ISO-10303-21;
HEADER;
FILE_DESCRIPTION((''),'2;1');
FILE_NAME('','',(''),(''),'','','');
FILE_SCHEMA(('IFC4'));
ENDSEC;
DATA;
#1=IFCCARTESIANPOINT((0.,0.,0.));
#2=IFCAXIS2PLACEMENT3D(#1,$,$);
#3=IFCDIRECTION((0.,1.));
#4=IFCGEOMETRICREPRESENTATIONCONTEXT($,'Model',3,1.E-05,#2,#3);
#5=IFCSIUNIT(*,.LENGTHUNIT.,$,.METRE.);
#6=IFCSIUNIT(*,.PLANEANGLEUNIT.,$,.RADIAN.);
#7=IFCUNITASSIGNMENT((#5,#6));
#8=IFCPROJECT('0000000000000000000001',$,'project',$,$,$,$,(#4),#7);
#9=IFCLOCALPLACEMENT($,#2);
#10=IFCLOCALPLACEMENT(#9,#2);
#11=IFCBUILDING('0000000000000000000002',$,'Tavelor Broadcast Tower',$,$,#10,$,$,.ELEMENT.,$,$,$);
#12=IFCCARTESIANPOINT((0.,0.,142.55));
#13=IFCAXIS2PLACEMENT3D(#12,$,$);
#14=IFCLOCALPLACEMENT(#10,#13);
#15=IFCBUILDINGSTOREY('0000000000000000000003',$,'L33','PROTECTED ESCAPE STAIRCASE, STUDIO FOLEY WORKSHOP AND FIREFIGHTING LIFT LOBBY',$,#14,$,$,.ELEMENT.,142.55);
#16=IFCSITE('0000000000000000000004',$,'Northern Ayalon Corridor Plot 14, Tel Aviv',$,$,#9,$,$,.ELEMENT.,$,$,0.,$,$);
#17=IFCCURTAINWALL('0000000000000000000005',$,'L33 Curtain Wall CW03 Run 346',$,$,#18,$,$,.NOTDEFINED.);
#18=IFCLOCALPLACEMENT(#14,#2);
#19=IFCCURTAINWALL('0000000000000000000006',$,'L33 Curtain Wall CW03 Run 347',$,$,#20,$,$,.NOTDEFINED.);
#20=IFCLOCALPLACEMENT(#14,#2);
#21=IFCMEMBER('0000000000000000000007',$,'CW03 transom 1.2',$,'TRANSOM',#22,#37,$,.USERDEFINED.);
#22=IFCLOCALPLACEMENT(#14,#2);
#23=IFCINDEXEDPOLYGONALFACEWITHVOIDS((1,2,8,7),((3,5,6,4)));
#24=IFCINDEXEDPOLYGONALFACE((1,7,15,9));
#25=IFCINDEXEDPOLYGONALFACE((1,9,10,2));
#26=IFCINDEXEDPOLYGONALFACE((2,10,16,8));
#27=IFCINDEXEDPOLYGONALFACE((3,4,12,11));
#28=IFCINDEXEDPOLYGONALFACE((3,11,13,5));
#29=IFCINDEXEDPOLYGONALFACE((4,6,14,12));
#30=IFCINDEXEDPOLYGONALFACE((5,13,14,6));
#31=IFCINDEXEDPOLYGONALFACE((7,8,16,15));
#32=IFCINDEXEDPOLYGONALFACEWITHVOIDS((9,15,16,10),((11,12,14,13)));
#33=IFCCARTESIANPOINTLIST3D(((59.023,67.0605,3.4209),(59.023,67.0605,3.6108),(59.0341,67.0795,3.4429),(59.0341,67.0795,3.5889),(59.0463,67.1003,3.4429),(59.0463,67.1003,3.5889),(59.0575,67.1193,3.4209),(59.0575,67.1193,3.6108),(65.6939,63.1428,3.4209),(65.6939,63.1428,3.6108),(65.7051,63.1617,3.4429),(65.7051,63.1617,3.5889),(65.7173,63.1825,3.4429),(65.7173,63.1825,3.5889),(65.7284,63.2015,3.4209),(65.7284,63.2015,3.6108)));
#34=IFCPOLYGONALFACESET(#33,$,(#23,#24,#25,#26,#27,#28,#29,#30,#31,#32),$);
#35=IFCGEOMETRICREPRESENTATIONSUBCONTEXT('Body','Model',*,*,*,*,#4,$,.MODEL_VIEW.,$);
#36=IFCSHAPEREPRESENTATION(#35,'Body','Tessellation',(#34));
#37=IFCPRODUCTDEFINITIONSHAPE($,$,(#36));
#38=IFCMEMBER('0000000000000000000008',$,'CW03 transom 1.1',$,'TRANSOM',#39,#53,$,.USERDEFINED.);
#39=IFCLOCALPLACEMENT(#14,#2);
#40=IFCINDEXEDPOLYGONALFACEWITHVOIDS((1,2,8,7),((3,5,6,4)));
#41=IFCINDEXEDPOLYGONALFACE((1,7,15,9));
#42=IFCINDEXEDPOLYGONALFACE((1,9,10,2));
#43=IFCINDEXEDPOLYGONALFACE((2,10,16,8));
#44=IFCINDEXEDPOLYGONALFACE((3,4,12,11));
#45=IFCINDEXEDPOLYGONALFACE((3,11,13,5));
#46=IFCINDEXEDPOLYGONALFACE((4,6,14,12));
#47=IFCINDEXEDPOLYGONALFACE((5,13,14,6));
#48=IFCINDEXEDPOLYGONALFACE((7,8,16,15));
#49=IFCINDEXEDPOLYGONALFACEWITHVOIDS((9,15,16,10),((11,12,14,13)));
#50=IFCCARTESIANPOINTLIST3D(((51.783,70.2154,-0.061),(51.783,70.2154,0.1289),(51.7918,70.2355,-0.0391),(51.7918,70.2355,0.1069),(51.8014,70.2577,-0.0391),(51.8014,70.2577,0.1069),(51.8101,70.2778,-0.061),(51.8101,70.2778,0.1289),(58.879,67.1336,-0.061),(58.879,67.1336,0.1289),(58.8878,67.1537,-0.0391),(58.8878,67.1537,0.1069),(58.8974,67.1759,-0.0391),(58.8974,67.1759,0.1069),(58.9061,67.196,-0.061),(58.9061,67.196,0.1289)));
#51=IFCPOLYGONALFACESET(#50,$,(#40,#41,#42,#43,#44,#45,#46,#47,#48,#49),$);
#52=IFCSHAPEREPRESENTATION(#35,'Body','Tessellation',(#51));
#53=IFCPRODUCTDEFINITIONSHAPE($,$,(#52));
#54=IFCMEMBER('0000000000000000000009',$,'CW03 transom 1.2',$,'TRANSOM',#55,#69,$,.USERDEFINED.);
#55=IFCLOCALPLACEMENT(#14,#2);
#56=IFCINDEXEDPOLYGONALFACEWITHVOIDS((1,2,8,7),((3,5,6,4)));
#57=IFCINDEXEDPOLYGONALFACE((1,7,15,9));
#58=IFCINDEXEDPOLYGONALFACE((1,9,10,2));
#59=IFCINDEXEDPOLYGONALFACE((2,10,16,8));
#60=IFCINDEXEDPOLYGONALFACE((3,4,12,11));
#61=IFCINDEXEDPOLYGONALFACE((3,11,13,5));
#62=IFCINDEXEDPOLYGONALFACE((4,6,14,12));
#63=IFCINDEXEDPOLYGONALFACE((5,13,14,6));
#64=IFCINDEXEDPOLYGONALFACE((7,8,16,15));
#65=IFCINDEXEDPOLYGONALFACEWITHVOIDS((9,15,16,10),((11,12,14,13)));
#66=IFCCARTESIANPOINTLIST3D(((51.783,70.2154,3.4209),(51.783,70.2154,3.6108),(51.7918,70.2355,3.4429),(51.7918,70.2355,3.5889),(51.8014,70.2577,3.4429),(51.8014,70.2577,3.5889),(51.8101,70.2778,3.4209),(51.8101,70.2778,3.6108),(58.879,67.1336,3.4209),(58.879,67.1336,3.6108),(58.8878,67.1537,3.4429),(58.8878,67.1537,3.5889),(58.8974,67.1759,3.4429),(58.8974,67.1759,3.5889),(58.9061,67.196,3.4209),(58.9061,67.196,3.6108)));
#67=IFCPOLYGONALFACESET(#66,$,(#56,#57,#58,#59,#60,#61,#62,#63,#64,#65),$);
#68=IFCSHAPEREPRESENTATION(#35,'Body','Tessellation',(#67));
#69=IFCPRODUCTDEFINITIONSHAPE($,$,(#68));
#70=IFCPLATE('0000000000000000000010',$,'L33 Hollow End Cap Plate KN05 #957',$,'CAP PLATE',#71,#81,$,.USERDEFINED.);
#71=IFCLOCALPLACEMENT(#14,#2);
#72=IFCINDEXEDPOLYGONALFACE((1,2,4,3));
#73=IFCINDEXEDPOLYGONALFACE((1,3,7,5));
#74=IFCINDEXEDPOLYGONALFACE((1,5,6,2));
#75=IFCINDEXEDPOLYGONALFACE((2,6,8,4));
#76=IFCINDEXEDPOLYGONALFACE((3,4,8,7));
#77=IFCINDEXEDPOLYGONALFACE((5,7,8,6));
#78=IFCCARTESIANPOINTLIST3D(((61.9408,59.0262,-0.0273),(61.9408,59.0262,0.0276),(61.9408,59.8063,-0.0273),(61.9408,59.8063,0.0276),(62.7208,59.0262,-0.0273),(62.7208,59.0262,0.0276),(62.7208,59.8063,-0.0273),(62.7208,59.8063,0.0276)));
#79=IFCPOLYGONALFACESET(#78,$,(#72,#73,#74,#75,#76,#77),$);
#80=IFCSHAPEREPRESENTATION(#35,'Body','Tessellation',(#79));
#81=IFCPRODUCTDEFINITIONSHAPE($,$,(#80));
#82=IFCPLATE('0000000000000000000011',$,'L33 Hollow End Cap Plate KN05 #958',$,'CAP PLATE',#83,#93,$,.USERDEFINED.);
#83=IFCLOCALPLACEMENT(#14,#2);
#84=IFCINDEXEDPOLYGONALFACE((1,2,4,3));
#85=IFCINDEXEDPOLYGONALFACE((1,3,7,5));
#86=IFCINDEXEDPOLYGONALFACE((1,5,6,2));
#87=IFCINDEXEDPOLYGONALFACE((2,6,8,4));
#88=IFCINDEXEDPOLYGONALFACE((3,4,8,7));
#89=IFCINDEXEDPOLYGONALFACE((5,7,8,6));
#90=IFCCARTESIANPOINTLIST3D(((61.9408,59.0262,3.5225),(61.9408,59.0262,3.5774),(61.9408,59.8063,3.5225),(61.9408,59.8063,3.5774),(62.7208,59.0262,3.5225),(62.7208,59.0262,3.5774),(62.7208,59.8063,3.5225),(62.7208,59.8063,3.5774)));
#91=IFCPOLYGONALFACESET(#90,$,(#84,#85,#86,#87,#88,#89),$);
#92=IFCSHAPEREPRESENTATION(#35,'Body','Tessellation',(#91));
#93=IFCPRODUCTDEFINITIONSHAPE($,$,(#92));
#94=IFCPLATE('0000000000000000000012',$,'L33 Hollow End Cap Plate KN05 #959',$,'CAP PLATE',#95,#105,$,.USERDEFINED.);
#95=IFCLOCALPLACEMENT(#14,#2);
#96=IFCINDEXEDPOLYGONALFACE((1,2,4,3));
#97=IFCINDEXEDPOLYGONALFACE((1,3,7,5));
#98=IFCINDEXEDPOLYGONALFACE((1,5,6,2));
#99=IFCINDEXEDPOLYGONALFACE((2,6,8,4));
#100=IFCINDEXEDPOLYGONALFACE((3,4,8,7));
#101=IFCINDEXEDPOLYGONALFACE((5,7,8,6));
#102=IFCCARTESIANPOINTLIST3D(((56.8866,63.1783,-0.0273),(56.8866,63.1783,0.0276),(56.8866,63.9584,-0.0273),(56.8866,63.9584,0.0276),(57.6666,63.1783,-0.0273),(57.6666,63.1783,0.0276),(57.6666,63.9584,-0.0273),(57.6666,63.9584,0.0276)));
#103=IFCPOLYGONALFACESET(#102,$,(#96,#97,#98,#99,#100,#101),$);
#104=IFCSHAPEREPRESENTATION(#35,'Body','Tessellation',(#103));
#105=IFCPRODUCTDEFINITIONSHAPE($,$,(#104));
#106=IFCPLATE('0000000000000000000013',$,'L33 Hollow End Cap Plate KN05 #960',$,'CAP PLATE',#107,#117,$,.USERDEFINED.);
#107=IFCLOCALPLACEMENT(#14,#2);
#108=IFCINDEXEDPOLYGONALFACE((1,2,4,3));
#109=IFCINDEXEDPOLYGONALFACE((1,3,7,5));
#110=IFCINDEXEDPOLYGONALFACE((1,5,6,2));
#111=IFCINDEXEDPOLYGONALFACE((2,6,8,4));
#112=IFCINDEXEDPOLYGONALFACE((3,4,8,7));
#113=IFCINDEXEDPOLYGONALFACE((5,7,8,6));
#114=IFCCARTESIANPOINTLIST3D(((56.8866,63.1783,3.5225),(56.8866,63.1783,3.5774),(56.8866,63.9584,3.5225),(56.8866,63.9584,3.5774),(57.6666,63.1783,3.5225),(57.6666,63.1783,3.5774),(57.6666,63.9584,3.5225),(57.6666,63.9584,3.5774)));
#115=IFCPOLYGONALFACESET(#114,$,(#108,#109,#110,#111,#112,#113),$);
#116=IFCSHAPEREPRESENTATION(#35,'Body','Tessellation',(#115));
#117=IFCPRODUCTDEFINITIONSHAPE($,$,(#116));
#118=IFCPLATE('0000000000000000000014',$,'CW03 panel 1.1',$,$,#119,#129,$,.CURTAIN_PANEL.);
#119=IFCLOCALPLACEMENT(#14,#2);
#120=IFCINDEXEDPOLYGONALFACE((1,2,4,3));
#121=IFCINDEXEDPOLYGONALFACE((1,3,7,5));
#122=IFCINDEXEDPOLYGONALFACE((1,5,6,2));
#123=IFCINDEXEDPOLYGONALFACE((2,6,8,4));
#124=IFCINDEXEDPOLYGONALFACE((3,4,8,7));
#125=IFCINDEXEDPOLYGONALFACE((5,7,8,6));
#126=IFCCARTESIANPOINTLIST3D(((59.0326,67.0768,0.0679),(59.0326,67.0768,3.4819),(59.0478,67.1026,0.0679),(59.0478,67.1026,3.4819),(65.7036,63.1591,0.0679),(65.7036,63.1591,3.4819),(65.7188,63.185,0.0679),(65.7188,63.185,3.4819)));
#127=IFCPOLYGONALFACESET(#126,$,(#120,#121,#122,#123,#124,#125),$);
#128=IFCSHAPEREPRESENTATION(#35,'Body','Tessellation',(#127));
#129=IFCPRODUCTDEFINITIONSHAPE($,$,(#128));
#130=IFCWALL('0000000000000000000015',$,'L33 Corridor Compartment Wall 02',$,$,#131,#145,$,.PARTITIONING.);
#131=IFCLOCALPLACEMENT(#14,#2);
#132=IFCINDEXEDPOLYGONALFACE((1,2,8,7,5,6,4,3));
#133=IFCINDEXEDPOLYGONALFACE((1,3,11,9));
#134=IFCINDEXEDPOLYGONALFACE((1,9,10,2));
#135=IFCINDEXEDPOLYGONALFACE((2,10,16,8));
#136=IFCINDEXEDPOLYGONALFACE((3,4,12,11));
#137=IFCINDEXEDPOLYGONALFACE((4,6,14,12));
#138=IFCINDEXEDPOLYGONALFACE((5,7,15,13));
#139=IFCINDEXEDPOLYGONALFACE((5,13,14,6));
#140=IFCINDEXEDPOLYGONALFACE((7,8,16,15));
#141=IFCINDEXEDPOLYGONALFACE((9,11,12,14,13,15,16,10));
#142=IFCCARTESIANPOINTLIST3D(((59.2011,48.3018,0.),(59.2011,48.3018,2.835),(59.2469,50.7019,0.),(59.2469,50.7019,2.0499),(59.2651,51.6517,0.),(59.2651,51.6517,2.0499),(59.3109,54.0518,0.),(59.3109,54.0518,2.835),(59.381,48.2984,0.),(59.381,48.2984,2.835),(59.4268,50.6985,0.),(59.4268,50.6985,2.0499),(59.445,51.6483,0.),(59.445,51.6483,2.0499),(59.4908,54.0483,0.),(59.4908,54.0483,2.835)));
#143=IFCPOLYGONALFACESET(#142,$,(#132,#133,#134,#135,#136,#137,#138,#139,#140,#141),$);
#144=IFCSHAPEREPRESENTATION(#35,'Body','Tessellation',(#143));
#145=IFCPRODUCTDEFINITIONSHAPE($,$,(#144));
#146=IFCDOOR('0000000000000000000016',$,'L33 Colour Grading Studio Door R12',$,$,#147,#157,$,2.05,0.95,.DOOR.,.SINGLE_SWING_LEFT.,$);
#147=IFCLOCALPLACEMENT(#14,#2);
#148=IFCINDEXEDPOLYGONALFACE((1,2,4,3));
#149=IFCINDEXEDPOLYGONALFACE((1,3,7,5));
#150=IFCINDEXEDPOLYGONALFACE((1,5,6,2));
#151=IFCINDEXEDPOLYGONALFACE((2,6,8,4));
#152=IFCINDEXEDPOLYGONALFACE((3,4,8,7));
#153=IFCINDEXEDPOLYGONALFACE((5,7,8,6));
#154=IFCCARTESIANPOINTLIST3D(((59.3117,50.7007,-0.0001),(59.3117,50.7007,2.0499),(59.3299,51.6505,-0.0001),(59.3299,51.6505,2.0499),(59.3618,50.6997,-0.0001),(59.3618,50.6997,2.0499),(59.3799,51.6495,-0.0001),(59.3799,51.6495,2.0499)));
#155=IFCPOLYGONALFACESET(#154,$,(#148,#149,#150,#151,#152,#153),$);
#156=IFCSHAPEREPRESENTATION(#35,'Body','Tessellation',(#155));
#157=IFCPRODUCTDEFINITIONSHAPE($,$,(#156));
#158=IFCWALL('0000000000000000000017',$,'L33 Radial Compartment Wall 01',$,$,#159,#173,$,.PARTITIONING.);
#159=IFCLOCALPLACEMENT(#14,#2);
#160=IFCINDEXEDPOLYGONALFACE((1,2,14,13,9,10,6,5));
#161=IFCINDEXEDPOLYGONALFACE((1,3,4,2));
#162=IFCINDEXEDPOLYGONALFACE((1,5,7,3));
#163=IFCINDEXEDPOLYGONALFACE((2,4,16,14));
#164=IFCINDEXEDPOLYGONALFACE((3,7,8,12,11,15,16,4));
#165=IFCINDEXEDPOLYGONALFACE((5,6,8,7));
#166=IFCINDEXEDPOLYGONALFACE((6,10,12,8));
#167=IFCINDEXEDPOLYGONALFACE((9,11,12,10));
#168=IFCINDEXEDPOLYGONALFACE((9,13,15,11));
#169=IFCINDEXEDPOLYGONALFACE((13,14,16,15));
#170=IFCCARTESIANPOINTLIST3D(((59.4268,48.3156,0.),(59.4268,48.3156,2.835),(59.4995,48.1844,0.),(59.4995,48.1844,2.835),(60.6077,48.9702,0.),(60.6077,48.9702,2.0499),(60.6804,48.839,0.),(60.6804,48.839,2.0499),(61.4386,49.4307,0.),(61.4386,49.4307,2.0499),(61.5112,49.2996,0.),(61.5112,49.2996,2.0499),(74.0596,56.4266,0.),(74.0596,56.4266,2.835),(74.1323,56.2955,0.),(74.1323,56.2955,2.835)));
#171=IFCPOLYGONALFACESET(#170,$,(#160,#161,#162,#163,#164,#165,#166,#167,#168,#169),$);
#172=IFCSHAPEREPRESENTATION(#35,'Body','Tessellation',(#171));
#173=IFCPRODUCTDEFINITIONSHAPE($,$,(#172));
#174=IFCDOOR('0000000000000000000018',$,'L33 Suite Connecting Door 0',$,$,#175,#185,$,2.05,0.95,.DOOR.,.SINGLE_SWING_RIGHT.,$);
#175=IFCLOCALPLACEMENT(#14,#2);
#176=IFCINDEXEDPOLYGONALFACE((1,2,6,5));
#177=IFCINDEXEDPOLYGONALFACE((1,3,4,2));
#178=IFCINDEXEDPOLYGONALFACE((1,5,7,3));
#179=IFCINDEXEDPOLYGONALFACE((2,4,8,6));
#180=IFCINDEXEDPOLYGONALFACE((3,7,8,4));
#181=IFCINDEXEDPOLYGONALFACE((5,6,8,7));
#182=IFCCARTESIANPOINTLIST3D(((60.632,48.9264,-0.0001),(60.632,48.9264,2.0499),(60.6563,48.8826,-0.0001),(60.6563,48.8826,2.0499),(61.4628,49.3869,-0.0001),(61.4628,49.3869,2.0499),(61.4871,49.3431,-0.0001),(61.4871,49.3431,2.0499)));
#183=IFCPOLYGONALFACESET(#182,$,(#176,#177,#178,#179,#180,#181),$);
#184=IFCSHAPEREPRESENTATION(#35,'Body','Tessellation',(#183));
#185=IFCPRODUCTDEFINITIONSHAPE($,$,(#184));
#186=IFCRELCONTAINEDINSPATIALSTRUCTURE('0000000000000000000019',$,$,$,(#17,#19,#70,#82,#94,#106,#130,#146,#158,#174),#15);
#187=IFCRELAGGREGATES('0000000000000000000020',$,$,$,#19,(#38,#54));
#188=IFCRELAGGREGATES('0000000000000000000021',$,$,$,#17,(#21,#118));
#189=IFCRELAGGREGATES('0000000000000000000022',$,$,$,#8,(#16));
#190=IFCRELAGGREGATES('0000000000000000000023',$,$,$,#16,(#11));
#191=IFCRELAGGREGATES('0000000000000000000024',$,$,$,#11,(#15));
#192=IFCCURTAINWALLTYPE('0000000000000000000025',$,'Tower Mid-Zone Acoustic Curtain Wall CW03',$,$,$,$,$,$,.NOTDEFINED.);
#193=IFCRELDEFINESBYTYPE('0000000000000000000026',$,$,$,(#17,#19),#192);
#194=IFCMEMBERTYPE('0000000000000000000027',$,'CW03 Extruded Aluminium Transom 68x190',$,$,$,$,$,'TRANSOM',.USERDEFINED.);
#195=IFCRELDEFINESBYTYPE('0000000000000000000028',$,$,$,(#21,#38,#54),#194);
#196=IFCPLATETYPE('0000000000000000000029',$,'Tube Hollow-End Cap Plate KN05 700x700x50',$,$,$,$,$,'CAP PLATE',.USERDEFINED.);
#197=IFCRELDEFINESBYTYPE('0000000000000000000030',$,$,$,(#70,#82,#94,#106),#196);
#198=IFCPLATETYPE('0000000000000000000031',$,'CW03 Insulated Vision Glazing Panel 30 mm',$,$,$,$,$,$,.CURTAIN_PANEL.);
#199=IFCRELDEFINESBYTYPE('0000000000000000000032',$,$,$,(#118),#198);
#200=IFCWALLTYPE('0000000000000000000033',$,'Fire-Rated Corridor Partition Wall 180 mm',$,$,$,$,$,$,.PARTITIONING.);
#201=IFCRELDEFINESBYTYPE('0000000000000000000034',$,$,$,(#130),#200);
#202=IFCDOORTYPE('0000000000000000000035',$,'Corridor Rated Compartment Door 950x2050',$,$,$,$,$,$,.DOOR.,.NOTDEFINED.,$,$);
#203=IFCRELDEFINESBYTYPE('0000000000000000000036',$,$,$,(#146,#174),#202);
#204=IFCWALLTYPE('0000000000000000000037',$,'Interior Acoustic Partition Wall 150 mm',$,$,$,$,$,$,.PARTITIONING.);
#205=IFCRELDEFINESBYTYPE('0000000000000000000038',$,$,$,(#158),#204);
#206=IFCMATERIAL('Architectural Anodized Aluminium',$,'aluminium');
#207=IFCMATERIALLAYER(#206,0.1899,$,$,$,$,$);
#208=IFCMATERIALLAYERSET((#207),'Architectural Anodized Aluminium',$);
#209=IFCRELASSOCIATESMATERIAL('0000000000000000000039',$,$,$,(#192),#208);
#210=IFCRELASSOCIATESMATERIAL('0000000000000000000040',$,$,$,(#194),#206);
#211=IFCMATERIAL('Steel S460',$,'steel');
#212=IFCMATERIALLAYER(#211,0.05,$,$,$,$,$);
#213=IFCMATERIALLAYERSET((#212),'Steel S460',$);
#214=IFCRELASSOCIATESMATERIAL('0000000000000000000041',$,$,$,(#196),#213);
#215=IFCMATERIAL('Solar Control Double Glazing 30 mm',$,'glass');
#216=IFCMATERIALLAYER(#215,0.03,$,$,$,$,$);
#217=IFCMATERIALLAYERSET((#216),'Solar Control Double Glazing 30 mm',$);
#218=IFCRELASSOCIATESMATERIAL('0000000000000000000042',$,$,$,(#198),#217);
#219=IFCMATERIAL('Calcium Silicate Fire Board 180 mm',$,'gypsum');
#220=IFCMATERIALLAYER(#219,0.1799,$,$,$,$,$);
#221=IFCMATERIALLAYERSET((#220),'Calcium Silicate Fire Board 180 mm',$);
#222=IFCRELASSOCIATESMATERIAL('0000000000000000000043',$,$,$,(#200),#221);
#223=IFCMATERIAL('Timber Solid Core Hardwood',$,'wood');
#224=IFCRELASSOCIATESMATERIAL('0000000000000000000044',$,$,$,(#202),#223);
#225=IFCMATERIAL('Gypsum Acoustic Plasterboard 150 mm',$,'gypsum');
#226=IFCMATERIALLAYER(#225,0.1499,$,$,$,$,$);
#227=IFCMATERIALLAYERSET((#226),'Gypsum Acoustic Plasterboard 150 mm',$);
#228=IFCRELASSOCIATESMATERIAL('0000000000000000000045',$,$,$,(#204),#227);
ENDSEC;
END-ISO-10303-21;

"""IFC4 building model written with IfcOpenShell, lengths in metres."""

from ifc_helpers import new_model, si_unit, direction, frame, frame_2d, origin, origin_2d, place, context, subcontext, project, spatial, rectangle, hollow_rectangle, extrude, source, transform, mapped, material, layer, layer_set, material_profile, profile_set, type_object, type_shapes, element, fill, aggregate, save


model = new_model("IFC4")

# Units and contexts
model_context = context("Model", 3, precision=1e-05, world=origin(), true_north=direction((0.0, 1.0)))
body_context = subcontext(model_context, "Body", "Model", "MODEL_VIEW")
ifc_project = project(units=[si_unit("LENGTHUNIT", "METRE"), si_unit("PLANEANGLEUNIT", "RADIAN")], contexts=[model_context])

# Site, building, storey
site_placement = place(None, origin())
site = spatial("IfcSite", under=ifc_project, at=site_placement, Name="Northern Ayalon Corridor Plot 14, Tel Aviv", CompositionType="ELEMENT", RefElevation=0.0)
building_placement = place(site_placement, origin())
building = spatial("IfcBuilding", under=site, at=building_placement, Name="Tavelor Broadcast Tower", CompositionType="ELEMENT")
storey_placement = place(building_placement, frame((0.0, 0.0, 142.55)))
storey = spatial("IfcBuildingStorey", under=building, at=storey_placement, Name="L33", Description="PROTECTED ESCAPE STAIRCASE, STUDIO FOLEY WORKSHOP AND FIREFIGHTING LIFT LOBBY", CompositionType="ELEMENT", Elevation=142.55)

# Shared definitions
ifc_material_1 = material(Name="Steel S460", Category="steel")

# Curtain walls
ifc_material_2 = material(Name="Architectural Anodized Aluminium", Category="aluminium")
ifc_layer_1 = layer(ifc_material_2, 0.1899)
ifc_layer_set_1 = layer_set([ifc_layer_1], Name="Architectural Anodized Aluminium")
curtain_wall_type = type_object("IfcCurtainWallType", Name="Tower Mid-Zone Acoustic Curtain Wall CW03", PredefinedType="NOTDEFINED", material=ifc_layer_set_1)
curtain_wall_1_placement = place(storey_placement, origin())
curtain_wall_1 = element("IfcCurtainWall", 1, at=curtain_wall_1_placement, inside=storey, type_object=curtain_wall_type, Name="L33 Curtain Wall CW03 Run 346", PredefinedType="NOTDEFINED")
curtain_wall_2_placement = place(storey_placement, origin())
curtain_wall_2 = element("IfcCurtainWall", 2, at=curtain_wall_2_placement, inside=storey, type_object=curtain_wall_type, Name="L33 Curtain Wall CW03 Run 347", PredefinedType="NOTDEFINED")

# Members
ifc_material_profile_1 = material_profile(ifc_material_2, hollow_rectangle(XDim=0.0681, YDim=0.1899, WallThickness=0.022, at=origin_2d()), Name="RHS 68x190x22")
ifc_profile_set_1 = profile_set([ifc_material_profile_1], Name="Architectural Anodized Aluminium")
member_type_1 = type_object("IfcMemberType", Name="CW03 Extruded Aluminium Transom 68x190", ElementType="TRANSOM", PredefinedType="USERDEFINED", material=ifc_profile_set_1)
shared_shape_1 = source(origin(), body_context, "Body", "SweptSolid", [
    extrude(hollow_rectangle(XDim=0.0681, YDim=0.1899, WallThickness=0.022, at=origin_2d()), origin(), (0.0, 0.0, 1.0), 7.7363),
])
type_shapes(member_type_1, [shared_shape_1])
member_1_placement = place(storey_placement, frame((65.7112, 63.1721, 3.5159), z_axis=(-0.862292, 0.506412, 0.0), x_axis=(-0.506412, -0.862292, 0.0)))
member_1 = element("IfcMember", 3, at=member_1_placement, type_object=member_type_1, Name="CW03 transom 1.2", ObjectType="TRANSOM", PredefinedType="USERDEFINED", context=body_context, shape_type="MappedRepresentation", body=[
    mapped(shared_shape_1, transform((0.0, 0.0, 0.0), scale=1.0)),
])
member_2_placement = place(storey_placement, frame((58.8926, 67.1648, 0.0339), z_axis=(-0.917231, 0.398356, 0.0), x_axis=(-0.398356, -0.917231, 0.0)))
member_2 = element("IfcMember", 4, at=member_2_placement, type_object=member_type_1, Name="CW03 transom 1.1", ObjectType="TRANSOM", PredefinedType="USERDEFINED", context=body_context, shape_type="MappedRepresentation", body=[
    mapped(shared_shape_1, transform((0.0, 0.0, 0.0), scale=1.0)),
])
member_3_placement = place(storey_placement, frame((58.8926, 67.1648, 3.5159), z_axis=(-0.917231, 0.398356, 0.0), x_axis=(-0.398356, -0.917231, 0.0)))
member_3 = element("IfcMember", 5, at=member_3_placement, type_object=member_type_1, Name="CW03 transom 1.2", ObjectType="TRANSOM", PredefinedType="USERDEFINED", context=body_context, shape_type="MappedRepresentation", body=[
    mapped(shared_shape_1, transform((0.0, 0.0, 0.0), scale=1.0)),
])
aggregate(curtain_wall_2, [member_2, member_3])

# Plates
ifc_layer_2 = layer(ifc_material_1, 0.05)
ifc_layer_set_2 = layer_set([ifc_layer_2], Name="Steel S460")
plate_type_1 = type_object("IfcPlateType", Name="Tube Hollow-End Cap Plate KN05 700x700x50", ElementType="CAP PLATE", PredefinedType="USERDEFINED", material=ifc_layer_set_2)
shared_shape_2 = source(origin(), body_context, "Body", "SweptSolid", [
    extrude(rectangle(XDim=0.78, YDim=0.78, at=origin_2d()), origin(), (0.0, 0.0, 1.0), 0.0549),
])
type_shapes(plate_type_1, [shared_shape_2])
for number, where, z_axis, x_axis, name in (
    (6, (62.3308, 59.4163, -0.0273), (0.0, 0.0, 1.0), (1.0, 0.0, 0.0), "L33 Hollow End Cap Plate KN05 #957"),
    (7, (62.3308, 59.4163, 3.5225), (0.0, 0.0, 1.0), (1.0, 0.0, 0.0), "L33 Hollow End Cap Plate KN05 #958"),
    (8, (57.2766, 63.5684, -0.0273), (0.0, 0.0, 1.0), (1.0, 0.0, 0.0), "L33 Hollow End Cap Plate KN05 #959"),
    (9, (57.2766, 63.5684, 3.5225), (0.0, 0.0, 1.0), (1.0, 0.0, 0.0), "L33 Hollow End Cap Plate KN05 #960"),
):
    element("IfcPlate", number, at=place(storey_placement, frame(where, z_axis=z_axis, x_axis=x_axis)), inside=storey, type_object=plate_type_1, Name=name, ObjectType="CAP PLATE", PredefinedType="USERDEFINED", context=body_context, shape_type="MappedRepresentation", body=[
        mapped(shared_shape_2, transform((0.0, 0.0, 0.0), scale=1.0)),
    ])

# Plate
ifc_material_3 = material(Name="Solar Control Double Glazing 30 mm", Category="glass")
ifc_layer_3 = layer(ifc_material_3, 0.03)
ifc_layer_set_3 = layer_set([ifc_layer_3], Name="Solar Control Double Glazing 30 mm")
plate_type_2 = type_object("IfcPlateType", Name="CW03 Insulated Vision Glazing Panel 30 mm", PredefinedType="CURTAIN_PANEL", material=ifc_layer_set_3)
shared_shape_3 = source(origin(), body_context, "Body", "SweptSolid", [
    extrude(rectangle(XDim=7.7363, YDim=0.03, at=origin_2d()), origin(), (0.0, 0.0, 1.0), 3.4141),
])
type_shapes(plate_type_2, [shared_shape_3])
plate_placement = place(storey_placement, frame((62.3757, 65.1309, 0.0679), z_axis=(0.0, 0.0, 1.0), x_axis=(-0.862298, 0.506401, 0.0)))
plate = element("IfcPlate", 10, at=plate_placement, type_object=plate_type_2, Name="CW03 panel 1.1", PredefinedType="CURTAIN_PANEL", context=body_context, shape_type="MappedRepresentation", body=[
    mapped(shared_shape_3, transform((0.0, 0.0, 0.0), scale=1.0)),
])
aggregate(curtain_wall_1, [member_1, plate])

# Walls, openings, doors
ifc_material_4 = material(Name="Calcium Silicate Fire Board 180 mm", Category="gypsum")
ifc_layer_4 = layer(ifc_material_4, 0.1799)
ifc_layer_set_4 = layer_set([ifc_layer_4], Name="Calcium Silicate Fire Board 180 mm")
wall_type_1 = type_object("IfcWallType", Name="Fire-Rated Corridor Partition Wall 180 mm", PredefinedType="PARTITIONING", material=ifc_layer_set_4)
wall_1_placement = place(storey_placement, frame((59.4009, 54.05, 0.0), z_axis=(0.0, 0.0, 1.0), x_axis=(-0.019103, -0.999818, 0.0)))
wall_1 = element("IfcWall", 11, at=wall_1_placement, inside=storey, type_object=wall_type_1, Name="L33 Corridor Compartment Wall 02", PredefinedType="PARTITIONING", context=body_context, shape_type="SweptSolid", body=[
    extrude(rectangle(XDim=5.751, YDim=0.1799, at=frame_2d((2.8755, 0.0))), origin(), (0.0, 0.0, 1.0), 2.835),
])
opening_1_placement = place(wall_1_placement, frame((2.4004, 0.0, 0.0)))
opening_1 = element("IfcOpeningElement", 12, at=opening_1_placement, cuts=wall_1, PredefinedType="OPENING", context=body_context, shape_type="SweptSolid", body=[
    extrude(rectangle(XDim=0.95, YDim=2.05, at=frame_2d((0.4751, 1.0249))), frame((0.0, 0.1001, 0.0), z_axis=(0.0, -1.0, 0.0), x_axis=(1.0, 0.0, 0.0)), (0.0, 0.0, 1.0), 0.2),
])
ifc_material_5 = material(Name="Timber Solid Core Hardwood", Category="wood")
door_type = type_object("IfcDoorType", Name="Corridor Rated Compartment Door 950x2050", OperationType="NOTDEFINED", PredefinedType="DOOR", material=ifc_material_5)
door_1_placement = place(opening_1_placement, origin())
door_1 = element("IfcDoor", 13, at=door_1_placement, inside=storey, type_object=door_type, Name="L33 Colour Grading Studio Door R12", OperationType="SINGLE_SWING_LEFT", OverallHeight=2.05, OverallWidth=0.95, PredefinedType="DOOR", context=body_context, shape_type="SweptSolid", body=[
    extrude(rectangle(XDim=0.95, YDim=2.05, at=frame_2d((0.4751, 1.0249))), frame((0.0, 0.0249, 0.0), z_axis=(0.0, -1.0, 0.0), x_axis=(1.0, 0.0, 0.0)), (0.0, 0.0, 1.0), 0.05),
])
fill(opening_1, door_1)
ifc_material_6 = material(Name="Gypsum Acoustic Plasterboard 150 mm", Category="gypsum")
ifc_layer_5 = layer(ifc_material_6, 0.1499)
ifc_layer_set_5 = layer_set([ifc_layer_5], Name="Gypsum Acoustic Plasterboard 150 mm")
wall_type_2 = type_object("IfcWallType", Name="Interior Acoustic Partition Wall 150 mm", PredefinedType="PARTITIONING", material=ifc_layer_set_5)
wall_2_placement = place(storey_placement, frame((59.4631, 48.25, 0.0), z_axis=(0.0, 0.0, 1.0), x_axis=(0.87462, 0.484809, 0.0)))
wall_2 = element("IfcWall", 14, at=wall_2_placement, inside=storey, type_object=wall_type_2, Name="L33 Radial Compartment Wall 01", PredefinedType="PARTITIONING", context=body_context, shape_type="SweptSolid", body=[
    extrude(rectangle(XDim=16.7305, YDim=0.1499, at=frame_2d((8.3652, 0.0))), origin(), (0.0, 0.0, 1.0), 2.835),
])
opening_2_placement = place(wall_2_placement, frame((1.3501, 0.0, 0.0)))
opening_2 = element("IfcOpeningElement", 15, at=opening_2_placement, cuts=wall_2, PredefinedType="OPENING", context=body_context, shape_type="SweptSolid", body=[
    extrude(rectangle(XDim=0.95, YDim=2.05, at=frame_2d((0.4751, 1.0249))), frame((0.0, 0.085, 0.0), z_axis=(0.0, -1.0, 0.0), x_axis=(1.0, 0.0, 0.0)), (0.0, 0.0, 1.0), 0.1699),
])
door_2_placement = place(opening_2_placement, origin())
door_2 = element("IfcDoor", 16, at=door_2_placement, inside=storey, type_object=door_type, Name="L33 Suite Connecting Door 0", OperationType="SINGLE_SWING_RIGHT", OverallHeight=2.05, OverallWidth=0.95, PredefinedType="DOOR", context=body_context, shape_type="SweptSolid", body=[
    extrude(rectangle(XDim=0.95, YDim=2.05, at=frame_2d((0.4751, 1.0249))), frame((0.0, 0.0249, 0.0), z_axis=(0.0, -1.0, 0.0), x_axis=(1.0, 0.0, 0.0)), (0.0, 0.0, 1.0), 0.05),
])
fill(opening_2, door_2)

save(model, "model.ifc")
